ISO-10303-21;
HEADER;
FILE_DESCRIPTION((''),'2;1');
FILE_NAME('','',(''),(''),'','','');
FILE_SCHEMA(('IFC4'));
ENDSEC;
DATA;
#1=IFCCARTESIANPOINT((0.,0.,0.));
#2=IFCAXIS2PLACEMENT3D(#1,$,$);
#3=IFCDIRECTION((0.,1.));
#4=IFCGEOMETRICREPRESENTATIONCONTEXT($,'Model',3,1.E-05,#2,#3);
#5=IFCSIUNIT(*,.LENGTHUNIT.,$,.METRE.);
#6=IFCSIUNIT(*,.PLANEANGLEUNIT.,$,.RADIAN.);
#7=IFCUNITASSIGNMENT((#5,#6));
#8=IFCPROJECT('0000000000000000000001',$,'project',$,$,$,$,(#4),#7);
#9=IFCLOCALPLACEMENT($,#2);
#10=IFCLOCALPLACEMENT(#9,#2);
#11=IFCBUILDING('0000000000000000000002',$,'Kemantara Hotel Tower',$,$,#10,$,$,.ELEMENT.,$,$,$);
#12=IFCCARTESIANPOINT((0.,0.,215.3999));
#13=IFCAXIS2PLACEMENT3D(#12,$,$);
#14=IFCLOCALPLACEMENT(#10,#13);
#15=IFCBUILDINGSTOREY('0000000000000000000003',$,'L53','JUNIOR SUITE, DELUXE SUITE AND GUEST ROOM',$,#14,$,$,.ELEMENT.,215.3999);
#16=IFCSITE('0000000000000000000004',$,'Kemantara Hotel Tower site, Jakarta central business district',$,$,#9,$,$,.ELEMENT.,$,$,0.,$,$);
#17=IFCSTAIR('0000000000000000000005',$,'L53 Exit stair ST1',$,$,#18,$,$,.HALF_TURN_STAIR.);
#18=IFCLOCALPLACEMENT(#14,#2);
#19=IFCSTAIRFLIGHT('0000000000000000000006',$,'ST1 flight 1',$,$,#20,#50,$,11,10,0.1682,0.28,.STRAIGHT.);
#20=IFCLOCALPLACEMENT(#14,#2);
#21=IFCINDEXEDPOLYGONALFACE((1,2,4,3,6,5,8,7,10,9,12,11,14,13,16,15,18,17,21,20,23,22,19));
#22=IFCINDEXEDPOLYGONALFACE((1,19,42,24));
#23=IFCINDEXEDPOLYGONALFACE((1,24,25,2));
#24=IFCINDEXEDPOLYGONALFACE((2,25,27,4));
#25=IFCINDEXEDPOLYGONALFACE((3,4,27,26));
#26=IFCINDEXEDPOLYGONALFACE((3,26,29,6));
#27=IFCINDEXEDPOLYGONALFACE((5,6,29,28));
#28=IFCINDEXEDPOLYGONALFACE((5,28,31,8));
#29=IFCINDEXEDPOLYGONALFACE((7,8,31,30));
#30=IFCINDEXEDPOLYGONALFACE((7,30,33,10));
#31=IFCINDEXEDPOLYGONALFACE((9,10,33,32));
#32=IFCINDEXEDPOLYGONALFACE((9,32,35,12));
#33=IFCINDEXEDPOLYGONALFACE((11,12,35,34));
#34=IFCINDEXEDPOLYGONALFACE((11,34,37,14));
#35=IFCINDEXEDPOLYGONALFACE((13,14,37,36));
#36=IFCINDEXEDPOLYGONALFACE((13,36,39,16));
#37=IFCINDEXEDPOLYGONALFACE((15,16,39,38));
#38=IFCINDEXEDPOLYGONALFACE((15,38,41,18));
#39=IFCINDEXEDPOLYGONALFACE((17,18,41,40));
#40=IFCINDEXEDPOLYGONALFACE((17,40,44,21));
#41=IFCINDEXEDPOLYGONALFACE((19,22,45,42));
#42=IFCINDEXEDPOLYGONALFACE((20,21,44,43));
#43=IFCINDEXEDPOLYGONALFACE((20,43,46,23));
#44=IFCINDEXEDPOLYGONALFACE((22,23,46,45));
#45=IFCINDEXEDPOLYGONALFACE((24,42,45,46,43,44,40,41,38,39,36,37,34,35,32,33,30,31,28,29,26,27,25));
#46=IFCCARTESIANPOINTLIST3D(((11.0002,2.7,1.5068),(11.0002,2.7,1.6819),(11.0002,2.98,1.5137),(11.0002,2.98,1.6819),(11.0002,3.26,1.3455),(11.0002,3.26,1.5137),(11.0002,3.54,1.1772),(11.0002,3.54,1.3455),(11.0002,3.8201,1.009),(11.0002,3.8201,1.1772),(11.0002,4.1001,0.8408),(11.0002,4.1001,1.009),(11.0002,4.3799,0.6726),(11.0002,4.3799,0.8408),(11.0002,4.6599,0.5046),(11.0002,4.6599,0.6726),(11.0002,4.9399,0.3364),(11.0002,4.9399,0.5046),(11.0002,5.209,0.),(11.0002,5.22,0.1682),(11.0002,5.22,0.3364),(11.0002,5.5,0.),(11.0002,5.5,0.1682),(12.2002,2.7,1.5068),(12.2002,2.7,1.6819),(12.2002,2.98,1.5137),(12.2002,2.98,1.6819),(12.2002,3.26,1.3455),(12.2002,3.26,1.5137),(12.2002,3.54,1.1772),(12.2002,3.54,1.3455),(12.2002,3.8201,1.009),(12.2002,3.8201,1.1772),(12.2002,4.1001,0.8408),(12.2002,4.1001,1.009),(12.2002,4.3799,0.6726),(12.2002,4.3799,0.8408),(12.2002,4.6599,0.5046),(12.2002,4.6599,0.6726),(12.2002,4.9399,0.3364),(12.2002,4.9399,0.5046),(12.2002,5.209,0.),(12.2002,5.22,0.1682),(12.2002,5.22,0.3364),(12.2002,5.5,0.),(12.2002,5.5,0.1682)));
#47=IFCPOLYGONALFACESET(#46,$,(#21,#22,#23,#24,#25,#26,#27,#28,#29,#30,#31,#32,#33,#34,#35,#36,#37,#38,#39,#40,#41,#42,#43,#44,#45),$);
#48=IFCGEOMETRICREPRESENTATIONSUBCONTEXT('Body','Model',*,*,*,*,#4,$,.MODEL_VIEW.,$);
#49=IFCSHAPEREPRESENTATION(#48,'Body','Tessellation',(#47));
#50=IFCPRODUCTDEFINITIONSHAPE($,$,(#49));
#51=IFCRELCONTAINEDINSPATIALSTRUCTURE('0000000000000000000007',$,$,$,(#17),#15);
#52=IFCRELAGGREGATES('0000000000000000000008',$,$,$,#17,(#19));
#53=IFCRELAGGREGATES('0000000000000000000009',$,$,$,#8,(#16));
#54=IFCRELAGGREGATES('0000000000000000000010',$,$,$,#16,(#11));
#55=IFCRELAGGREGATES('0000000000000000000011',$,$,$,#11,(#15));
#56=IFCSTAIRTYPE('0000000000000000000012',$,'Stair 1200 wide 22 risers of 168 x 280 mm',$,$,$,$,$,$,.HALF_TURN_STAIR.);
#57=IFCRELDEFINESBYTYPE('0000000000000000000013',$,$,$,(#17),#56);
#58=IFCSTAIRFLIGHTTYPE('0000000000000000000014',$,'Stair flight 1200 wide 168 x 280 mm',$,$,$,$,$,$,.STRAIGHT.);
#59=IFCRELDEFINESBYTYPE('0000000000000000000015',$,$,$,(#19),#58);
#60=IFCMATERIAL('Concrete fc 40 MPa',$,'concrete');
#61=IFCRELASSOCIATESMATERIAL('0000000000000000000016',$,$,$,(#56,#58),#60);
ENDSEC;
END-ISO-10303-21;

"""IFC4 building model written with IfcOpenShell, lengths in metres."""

from ifc_helpers import new_model, si_unit, direction, frame, origin, place, context, subcontext, project, spatial, polyline, outline, extrude, material, type_object, element, aggregate, save


model = new_model("IFC4")

# Units and contexts
model_context = context("Model", 3, precision=1e-05, world=origin(), true_north=direction((0.0, 1.0)))
body_context = subcontext(model_context, "Body", "Model", "MODEL_VIEW")
ifc_project = project(units=[si_unit("LENGTHUNIT", "METRE"), si_unit("PLANEANGLEUNIT", "RADIAN")], contexts=[model_context])

# Site, building, storey
site_placement = place(None, origin())
site = spatial("IfcSite", under=ifc_project, at=site_placement, Name="Kemantara Hotel Tower site, Jakarta central business district", CompositionType="ELEMENT", RefElevation=0.0)
building_placement = place(site_placement, origin())
building = spatial("IfcBuilding", under=site, at=building_placement, Name="Kemantara Hotel Tower", CompositionType="ELEMENT")
storey_placement = place(building_placement, frame((0.0, 0.0, 215.3999)))
storey = spatial("IfcBuildingStorey", under=building, at=storey_placement, Name="L53", Description="JUNIOR SUITE, DELUXE SUITE AND GUEST ROOM", CompositionType="ELEMENT", Elevation=215.3999)

# Stair, stair flight
ifc_material_1 = material(Name="Concrete fc 40 MPa", Category="concrete")
stair_type = type_object("IfcStairType", Name="Stair 1200 wide 22 risers of 168 x 280 mm", PredefinedType="HALF_TURN_STAIR", material=ifc_material_1)
stair_placement = place(storey_placement, origin())
stair = element("IfcStair", 1, at=stair_placement, inside=storey, type_object=stair_type, Name="L53 Exit stair ST1", PredefinedType="HALF_TURN_STAIR")
stair_flight_type = type_object("IfcStairFlightType", Name="Stair flight 1200 wide 168 x 280 mm", PredefinedType="STRAIGHT", material=ifc_material_1)
stair_flight_placement = place(storey_placement, frame((11.6001, 5.5, 0.0), z_axis=(0.0, 0.0, 1.0), x_axis=(0.0, -1.0, 0.0)))
stair_flight = element("IfcStairFlight", 2, at=stair_flight_placement, type_object=stair_flight_type, Name="ST1 flight 1", NumberOfRisers=11, NumberOfTreads=10, PredefinedType="STRAIGHT", RiserHeight=0.1682, TreadLength=0.28, context=body_context, shape_type="SweptSolid", body=[
    extrude(outline(polyline([(0.0, 0.0), (0.0, 0.1682), (0.28, 0.1682), (0.28, 0.3364), (0.5601, 0.3364), (0.5601, 0.5046), (0.8401, 0.5046), (0.8401, 0.6726), (1.1201, 0.6726), (1.1201, 0.8408), (1.3999, 0.8408), (1.3999, 1.009), (1.6799, 1.009), (1.6799, 1.1772), (1.96, 1.1772), (1.96, 1.3455), (2.24, 1.3455), (2.24, 1.5137), (2.52, 1.5137), (2.52, 1.6819), (2.8, 1.6819), (2.8, 1.8501), (2.8, 1.5068), (0.291, 0.0), (0.0, 0.0)])), frame((0.0, 0.6001, 0.0), z_axis=(0.0, -1.0, 0.0), x_axis=(1.0, 0.0, 0.0)), (0.0, 0.0, 1.0), 1.2),
])
aggregate(stair, [stair_flight])

save(model, "model.ifc")
